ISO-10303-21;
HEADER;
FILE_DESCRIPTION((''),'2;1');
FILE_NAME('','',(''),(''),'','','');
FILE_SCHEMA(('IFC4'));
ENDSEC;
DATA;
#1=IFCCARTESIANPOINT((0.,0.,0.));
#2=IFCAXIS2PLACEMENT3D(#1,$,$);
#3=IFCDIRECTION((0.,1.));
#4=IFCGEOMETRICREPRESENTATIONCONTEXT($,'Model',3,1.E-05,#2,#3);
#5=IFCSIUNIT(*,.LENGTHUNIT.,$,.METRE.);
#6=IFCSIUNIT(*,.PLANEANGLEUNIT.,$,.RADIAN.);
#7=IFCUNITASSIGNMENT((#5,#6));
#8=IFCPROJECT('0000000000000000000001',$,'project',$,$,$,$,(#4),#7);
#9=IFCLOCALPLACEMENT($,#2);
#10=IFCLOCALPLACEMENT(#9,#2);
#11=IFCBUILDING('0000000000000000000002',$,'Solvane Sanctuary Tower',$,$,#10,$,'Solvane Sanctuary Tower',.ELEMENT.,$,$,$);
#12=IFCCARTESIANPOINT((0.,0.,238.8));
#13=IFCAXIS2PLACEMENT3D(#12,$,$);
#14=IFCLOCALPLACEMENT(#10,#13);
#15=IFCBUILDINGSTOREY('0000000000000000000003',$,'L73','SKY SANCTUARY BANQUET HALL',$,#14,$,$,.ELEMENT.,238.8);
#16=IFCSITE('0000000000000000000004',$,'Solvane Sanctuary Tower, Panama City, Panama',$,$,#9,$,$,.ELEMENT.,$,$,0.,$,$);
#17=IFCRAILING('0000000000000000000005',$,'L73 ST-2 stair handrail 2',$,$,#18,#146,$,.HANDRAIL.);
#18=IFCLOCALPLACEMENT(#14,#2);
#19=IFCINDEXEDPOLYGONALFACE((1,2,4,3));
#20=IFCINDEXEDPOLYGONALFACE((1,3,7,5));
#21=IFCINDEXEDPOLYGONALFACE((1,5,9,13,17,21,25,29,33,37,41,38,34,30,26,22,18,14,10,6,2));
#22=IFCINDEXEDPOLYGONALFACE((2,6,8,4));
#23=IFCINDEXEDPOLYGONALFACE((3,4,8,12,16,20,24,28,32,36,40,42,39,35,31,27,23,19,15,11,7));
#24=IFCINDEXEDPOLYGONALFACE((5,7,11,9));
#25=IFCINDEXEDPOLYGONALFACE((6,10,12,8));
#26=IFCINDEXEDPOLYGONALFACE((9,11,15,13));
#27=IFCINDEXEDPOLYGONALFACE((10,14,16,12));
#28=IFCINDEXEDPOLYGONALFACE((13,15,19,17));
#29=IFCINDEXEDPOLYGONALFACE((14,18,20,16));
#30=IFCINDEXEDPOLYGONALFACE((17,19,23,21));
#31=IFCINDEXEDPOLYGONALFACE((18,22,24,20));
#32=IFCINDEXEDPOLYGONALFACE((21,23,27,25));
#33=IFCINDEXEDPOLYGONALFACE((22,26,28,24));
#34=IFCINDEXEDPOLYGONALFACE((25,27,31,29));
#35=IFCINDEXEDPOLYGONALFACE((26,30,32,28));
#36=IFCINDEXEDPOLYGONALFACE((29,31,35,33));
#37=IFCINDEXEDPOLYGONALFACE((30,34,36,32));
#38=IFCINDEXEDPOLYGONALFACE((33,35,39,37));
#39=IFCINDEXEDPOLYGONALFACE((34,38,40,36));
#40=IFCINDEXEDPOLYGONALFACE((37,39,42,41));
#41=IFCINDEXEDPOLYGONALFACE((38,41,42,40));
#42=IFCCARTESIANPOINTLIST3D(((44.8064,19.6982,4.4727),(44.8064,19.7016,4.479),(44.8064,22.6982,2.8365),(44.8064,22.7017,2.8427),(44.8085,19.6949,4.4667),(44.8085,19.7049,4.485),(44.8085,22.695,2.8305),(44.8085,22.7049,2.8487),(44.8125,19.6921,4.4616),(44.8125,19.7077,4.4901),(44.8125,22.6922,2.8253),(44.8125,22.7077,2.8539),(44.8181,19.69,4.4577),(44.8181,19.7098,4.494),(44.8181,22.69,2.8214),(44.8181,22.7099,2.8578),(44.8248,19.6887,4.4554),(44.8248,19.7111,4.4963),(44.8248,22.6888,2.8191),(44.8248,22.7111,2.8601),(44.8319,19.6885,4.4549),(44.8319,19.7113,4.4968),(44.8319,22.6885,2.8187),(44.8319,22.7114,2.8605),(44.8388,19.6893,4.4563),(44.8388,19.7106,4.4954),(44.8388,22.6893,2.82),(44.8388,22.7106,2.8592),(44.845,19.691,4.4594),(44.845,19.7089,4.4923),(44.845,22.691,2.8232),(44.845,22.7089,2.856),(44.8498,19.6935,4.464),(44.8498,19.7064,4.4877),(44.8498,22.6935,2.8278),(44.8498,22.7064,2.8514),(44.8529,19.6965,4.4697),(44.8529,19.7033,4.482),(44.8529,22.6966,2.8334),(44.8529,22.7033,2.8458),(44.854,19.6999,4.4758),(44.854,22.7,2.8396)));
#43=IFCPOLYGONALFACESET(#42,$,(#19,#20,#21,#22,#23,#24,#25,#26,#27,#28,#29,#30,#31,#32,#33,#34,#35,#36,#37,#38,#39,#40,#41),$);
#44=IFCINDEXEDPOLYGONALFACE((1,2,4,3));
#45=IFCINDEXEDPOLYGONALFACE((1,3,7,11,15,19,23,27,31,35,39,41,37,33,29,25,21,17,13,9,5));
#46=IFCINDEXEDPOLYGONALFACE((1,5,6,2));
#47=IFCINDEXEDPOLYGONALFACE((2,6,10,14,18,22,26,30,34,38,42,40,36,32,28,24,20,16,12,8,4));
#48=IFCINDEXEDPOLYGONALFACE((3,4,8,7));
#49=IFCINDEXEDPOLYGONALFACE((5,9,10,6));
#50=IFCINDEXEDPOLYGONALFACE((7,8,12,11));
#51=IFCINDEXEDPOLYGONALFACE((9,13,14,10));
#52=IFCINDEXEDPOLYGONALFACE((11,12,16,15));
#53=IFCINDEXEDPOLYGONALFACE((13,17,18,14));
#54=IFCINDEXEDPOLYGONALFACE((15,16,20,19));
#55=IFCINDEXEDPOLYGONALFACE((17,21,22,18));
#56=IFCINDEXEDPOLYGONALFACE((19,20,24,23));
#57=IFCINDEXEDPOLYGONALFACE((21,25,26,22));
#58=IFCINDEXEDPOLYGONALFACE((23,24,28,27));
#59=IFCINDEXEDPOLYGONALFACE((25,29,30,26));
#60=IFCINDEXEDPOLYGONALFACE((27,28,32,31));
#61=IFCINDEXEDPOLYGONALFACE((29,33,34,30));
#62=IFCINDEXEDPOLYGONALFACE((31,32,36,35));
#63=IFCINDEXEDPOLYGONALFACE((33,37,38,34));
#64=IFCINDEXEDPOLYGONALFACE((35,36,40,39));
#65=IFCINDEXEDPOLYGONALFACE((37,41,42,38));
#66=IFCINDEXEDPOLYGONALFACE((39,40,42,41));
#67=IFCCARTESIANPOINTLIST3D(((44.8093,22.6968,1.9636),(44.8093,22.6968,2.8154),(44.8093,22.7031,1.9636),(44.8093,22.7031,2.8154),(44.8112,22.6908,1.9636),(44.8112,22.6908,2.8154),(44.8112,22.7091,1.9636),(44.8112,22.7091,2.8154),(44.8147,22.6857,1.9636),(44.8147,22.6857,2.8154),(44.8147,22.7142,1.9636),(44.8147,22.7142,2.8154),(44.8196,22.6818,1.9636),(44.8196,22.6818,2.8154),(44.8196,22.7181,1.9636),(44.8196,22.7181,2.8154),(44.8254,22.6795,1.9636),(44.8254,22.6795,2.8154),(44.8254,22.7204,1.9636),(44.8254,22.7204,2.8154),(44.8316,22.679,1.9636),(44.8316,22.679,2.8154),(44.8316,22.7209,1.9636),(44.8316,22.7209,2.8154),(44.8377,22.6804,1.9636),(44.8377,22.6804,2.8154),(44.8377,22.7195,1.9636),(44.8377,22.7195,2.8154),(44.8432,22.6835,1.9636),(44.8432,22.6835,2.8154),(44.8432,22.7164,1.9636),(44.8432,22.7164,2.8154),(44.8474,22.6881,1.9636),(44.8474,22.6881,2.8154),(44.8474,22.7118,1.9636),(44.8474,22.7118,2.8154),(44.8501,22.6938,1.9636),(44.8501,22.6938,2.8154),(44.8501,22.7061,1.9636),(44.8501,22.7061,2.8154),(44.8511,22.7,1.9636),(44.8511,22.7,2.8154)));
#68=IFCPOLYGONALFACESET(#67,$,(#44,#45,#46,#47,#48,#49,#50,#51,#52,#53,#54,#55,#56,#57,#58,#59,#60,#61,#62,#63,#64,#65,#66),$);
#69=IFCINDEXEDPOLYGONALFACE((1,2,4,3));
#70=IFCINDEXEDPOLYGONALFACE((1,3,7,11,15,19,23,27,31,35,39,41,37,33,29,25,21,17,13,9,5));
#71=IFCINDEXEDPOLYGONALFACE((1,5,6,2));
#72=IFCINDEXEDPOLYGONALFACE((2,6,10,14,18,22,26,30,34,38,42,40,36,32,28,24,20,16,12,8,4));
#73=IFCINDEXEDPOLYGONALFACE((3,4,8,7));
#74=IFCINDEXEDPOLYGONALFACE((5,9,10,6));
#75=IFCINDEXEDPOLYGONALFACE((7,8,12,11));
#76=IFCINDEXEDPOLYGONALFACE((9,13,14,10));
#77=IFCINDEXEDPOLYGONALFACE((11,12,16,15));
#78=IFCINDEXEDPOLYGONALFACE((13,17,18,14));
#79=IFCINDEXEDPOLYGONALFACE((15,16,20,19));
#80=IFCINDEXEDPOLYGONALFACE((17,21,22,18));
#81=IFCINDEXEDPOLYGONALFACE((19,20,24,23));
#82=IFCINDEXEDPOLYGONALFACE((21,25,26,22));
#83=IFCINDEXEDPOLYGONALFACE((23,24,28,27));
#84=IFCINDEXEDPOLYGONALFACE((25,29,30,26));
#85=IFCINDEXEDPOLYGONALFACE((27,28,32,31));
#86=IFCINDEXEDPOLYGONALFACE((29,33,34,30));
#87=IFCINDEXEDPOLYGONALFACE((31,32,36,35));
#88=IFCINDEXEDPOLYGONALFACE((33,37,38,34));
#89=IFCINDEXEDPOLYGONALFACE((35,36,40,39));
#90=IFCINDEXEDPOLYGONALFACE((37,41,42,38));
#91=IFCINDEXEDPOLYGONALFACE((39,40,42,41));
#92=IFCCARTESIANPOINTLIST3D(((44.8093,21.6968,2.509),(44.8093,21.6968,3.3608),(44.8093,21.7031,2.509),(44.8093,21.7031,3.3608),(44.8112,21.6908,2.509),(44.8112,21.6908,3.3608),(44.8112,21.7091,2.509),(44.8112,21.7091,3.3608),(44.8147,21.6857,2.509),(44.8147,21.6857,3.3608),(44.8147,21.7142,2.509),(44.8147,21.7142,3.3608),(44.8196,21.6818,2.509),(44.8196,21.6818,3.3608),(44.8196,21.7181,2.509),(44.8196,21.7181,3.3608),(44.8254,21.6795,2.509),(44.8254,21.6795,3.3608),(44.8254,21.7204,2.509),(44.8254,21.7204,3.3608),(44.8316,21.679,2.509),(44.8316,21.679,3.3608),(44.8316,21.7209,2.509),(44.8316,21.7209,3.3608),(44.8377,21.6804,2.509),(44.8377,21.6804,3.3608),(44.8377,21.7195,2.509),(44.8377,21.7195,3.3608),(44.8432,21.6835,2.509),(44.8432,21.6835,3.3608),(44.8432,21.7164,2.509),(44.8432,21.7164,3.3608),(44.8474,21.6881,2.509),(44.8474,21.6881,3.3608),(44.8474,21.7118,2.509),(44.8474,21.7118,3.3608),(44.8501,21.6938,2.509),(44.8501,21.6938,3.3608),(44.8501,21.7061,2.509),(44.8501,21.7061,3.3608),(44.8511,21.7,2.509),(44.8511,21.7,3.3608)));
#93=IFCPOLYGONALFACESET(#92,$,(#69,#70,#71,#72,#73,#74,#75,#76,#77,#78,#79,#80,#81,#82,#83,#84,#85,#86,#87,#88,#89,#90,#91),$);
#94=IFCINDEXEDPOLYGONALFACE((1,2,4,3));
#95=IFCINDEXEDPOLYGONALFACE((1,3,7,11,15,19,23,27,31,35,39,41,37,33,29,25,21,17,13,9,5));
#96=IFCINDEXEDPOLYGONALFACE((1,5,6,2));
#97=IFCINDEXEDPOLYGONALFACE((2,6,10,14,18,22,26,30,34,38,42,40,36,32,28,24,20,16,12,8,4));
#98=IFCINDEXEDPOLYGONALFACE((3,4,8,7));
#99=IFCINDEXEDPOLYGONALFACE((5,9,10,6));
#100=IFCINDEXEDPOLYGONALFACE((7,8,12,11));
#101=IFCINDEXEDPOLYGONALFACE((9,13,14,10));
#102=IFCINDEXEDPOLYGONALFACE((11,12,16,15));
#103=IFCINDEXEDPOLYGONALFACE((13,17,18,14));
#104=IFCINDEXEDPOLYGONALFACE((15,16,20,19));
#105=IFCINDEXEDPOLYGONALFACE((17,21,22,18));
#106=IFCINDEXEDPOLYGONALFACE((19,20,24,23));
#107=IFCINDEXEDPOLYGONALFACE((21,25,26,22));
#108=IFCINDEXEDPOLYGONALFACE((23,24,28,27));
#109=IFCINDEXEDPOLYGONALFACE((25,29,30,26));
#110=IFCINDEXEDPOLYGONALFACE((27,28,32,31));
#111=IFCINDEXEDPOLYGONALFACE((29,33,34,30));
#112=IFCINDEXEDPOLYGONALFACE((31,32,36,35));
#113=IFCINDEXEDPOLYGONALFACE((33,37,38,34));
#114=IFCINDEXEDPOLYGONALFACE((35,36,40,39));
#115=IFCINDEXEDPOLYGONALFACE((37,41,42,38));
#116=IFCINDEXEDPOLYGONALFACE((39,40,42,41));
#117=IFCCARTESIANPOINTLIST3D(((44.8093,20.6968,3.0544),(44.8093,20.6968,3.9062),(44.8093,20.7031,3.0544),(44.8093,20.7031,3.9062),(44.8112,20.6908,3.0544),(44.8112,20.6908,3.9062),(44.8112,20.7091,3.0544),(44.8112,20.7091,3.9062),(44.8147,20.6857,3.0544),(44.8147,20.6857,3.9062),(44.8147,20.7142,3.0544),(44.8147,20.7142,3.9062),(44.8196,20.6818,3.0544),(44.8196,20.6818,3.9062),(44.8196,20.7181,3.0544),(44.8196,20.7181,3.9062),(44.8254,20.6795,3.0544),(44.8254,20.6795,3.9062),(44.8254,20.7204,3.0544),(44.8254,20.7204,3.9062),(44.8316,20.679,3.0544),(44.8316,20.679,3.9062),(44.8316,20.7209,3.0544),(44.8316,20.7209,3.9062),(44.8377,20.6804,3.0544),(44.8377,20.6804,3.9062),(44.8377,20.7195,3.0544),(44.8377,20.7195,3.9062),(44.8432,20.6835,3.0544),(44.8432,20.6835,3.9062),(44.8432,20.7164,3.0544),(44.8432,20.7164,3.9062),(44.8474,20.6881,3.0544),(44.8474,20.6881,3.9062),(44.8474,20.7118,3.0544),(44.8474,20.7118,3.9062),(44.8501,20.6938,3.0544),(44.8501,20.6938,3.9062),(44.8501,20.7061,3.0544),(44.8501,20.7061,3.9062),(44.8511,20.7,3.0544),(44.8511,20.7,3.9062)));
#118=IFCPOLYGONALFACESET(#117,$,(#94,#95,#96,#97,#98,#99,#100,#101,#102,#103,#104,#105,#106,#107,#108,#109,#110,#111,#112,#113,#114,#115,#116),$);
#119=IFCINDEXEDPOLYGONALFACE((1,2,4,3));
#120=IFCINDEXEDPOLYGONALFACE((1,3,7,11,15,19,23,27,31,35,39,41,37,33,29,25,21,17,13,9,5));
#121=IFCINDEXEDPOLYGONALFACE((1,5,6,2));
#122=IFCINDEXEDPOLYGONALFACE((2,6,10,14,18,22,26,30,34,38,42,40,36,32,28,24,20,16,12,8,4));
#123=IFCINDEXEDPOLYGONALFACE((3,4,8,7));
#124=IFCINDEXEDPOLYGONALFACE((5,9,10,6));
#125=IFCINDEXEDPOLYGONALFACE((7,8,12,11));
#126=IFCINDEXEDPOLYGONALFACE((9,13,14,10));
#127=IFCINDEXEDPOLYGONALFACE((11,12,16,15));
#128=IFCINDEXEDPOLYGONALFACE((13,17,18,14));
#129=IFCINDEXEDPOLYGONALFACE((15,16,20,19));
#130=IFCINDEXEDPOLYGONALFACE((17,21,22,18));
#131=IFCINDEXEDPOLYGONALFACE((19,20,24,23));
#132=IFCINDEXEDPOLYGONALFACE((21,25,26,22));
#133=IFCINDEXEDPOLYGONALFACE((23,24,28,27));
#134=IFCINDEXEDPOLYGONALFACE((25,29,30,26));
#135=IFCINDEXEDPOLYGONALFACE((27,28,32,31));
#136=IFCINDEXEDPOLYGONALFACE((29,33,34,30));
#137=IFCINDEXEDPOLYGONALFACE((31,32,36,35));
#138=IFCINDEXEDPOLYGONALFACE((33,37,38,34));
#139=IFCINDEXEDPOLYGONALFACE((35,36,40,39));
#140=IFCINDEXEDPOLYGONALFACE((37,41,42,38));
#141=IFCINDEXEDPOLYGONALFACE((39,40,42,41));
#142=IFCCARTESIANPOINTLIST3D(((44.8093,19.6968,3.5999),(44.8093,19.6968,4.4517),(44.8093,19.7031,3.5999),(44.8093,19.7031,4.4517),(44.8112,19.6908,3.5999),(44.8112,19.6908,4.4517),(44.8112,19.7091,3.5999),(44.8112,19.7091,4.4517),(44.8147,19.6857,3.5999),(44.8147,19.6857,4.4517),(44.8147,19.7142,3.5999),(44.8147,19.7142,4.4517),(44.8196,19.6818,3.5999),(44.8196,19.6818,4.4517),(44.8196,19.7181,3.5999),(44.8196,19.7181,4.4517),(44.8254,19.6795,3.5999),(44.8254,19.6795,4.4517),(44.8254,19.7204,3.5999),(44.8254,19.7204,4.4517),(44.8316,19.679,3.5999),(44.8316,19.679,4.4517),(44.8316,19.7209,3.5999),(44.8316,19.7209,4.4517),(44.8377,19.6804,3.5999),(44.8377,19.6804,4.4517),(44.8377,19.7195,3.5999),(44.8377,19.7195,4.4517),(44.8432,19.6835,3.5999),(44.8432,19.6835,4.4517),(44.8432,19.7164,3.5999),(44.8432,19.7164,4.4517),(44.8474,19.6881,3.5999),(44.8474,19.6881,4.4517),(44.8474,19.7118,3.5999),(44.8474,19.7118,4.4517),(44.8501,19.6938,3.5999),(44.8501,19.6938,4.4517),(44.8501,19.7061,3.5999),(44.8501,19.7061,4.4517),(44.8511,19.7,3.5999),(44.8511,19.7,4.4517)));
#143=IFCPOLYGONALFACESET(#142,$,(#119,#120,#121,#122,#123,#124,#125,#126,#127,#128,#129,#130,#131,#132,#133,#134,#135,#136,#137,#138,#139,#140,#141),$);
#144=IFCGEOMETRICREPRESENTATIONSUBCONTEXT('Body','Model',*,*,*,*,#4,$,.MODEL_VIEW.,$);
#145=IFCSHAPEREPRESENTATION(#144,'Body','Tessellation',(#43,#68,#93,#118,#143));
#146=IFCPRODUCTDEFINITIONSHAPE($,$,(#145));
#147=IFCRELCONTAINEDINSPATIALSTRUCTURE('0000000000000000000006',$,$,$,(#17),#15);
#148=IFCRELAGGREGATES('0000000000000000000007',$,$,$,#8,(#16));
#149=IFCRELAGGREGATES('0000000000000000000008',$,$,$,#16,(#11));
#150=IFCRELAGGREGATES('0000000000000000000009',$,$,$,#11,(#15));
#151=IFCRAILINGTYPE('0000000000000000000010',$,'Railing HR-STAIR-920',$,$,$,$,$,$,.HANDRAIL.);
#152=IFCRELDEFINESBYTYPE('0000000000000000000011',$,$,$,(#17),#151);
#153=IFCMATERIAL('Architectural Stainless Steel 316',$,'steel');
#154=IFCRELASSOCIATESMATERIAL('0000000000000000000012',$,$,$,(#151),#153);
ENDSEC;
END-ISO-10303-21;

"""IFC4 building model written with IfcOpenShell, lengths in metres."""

from ifc_helpers import new_model, si_unit, direction, frame, origin, origin_2d, place, context, subcontext, project, spatial, circle, extrude, material, type_object, element, save


model = new_model("IFC4")

# Units and contexts
model_context = context("Model", 3, precision=1e-05, world=origin(), true_north=direction((0.0, 1.0)))
body_context = subcontext(model_context, "Body", "Model", "MODEL_VIEW")
ifc_project = project(units=[si_unit("LENGTHUNIT", "METRE"), si_unit("PLANEANGLEUNIT", "RADIAN")], contexts=[model_context])

# Site, building, storey
site_placement = place(None, origin())
site = spatial("IfcSite", under=ifc_project, at=site_placement, Name="Solvane Sanctuary Tower, Panama City, Panama", CompositionType="ELEMENT", RefElevation=0.0)
building_placement = place(site_placement, origin())
building = spatial("IfcBuilding", under=site, at=building_placement, Name="Solvane Sanctuary Tower", LongName="Solvane Sanctuary Tower", CompositionType="ELEMENT")
storey_placement = place(building_placement, frame((0.0, 0.0, 238.8)))
storey = spatial("IfcBuildingStorey", under=building, at=storey_placement, Name="L73", Description="SKY SANCTUARY BANQUET HALL", CompositionType="ELEMENT", Elevation=238.8)

# Railing
ifc_material_1 = material(Name="Architectural Stainless Steel 316", Category="steel")
railing_type_1 = type_object("IfcRailingType", Name="Railing HR-STAIR-920", PredefinedType="HANDRAIL", material=ifc_material_1)
railing_1_placement = place(storey_placement, frame((44.8301, 22.7, 1.9636)))
element("IfcRailing", 1, at=railing_1_placement, inside=storey, type_object=railing_type_1, Name="L73 ST-2 stair handrail 2", PredefinedType="HANDRAIL", context=body_context, shape_type="SweptSolid", body=[
    extrude(circle(Radius=0.0239, at=origin_2d()), frame((0.0, 0.0, 0.876), z_axis=(0.0, -0.877912, 0.478822), x_axis=(1.0, 0.0, 0.0)), (0.0, 0.0, 1.0), 3.4172),
    extrude(circle(Radius=0.021, at=origin_2d()), origin(), (0.0, 0.0, 1.0), 0.8518),
    extrude(circle(Radius=0.021, at=origin_2d()), frame((0.0, -1.0, 0.5454)), (0.0, 0.0, 1.0), 0.8518),
    extrude(circle(Radius=0.021, at=origin_2d()), frame((0.0, -2.0, 1.0908)), (0.0, 0.0, 1.0), 0.8518),
    extrude(circle(Radius=0.021, at=origin_2d()), frame((0.0, -3.0, 1.6362)), (0.0, 0.0, 1.0), 0.8518),
])

save(model, "model.ifc")
